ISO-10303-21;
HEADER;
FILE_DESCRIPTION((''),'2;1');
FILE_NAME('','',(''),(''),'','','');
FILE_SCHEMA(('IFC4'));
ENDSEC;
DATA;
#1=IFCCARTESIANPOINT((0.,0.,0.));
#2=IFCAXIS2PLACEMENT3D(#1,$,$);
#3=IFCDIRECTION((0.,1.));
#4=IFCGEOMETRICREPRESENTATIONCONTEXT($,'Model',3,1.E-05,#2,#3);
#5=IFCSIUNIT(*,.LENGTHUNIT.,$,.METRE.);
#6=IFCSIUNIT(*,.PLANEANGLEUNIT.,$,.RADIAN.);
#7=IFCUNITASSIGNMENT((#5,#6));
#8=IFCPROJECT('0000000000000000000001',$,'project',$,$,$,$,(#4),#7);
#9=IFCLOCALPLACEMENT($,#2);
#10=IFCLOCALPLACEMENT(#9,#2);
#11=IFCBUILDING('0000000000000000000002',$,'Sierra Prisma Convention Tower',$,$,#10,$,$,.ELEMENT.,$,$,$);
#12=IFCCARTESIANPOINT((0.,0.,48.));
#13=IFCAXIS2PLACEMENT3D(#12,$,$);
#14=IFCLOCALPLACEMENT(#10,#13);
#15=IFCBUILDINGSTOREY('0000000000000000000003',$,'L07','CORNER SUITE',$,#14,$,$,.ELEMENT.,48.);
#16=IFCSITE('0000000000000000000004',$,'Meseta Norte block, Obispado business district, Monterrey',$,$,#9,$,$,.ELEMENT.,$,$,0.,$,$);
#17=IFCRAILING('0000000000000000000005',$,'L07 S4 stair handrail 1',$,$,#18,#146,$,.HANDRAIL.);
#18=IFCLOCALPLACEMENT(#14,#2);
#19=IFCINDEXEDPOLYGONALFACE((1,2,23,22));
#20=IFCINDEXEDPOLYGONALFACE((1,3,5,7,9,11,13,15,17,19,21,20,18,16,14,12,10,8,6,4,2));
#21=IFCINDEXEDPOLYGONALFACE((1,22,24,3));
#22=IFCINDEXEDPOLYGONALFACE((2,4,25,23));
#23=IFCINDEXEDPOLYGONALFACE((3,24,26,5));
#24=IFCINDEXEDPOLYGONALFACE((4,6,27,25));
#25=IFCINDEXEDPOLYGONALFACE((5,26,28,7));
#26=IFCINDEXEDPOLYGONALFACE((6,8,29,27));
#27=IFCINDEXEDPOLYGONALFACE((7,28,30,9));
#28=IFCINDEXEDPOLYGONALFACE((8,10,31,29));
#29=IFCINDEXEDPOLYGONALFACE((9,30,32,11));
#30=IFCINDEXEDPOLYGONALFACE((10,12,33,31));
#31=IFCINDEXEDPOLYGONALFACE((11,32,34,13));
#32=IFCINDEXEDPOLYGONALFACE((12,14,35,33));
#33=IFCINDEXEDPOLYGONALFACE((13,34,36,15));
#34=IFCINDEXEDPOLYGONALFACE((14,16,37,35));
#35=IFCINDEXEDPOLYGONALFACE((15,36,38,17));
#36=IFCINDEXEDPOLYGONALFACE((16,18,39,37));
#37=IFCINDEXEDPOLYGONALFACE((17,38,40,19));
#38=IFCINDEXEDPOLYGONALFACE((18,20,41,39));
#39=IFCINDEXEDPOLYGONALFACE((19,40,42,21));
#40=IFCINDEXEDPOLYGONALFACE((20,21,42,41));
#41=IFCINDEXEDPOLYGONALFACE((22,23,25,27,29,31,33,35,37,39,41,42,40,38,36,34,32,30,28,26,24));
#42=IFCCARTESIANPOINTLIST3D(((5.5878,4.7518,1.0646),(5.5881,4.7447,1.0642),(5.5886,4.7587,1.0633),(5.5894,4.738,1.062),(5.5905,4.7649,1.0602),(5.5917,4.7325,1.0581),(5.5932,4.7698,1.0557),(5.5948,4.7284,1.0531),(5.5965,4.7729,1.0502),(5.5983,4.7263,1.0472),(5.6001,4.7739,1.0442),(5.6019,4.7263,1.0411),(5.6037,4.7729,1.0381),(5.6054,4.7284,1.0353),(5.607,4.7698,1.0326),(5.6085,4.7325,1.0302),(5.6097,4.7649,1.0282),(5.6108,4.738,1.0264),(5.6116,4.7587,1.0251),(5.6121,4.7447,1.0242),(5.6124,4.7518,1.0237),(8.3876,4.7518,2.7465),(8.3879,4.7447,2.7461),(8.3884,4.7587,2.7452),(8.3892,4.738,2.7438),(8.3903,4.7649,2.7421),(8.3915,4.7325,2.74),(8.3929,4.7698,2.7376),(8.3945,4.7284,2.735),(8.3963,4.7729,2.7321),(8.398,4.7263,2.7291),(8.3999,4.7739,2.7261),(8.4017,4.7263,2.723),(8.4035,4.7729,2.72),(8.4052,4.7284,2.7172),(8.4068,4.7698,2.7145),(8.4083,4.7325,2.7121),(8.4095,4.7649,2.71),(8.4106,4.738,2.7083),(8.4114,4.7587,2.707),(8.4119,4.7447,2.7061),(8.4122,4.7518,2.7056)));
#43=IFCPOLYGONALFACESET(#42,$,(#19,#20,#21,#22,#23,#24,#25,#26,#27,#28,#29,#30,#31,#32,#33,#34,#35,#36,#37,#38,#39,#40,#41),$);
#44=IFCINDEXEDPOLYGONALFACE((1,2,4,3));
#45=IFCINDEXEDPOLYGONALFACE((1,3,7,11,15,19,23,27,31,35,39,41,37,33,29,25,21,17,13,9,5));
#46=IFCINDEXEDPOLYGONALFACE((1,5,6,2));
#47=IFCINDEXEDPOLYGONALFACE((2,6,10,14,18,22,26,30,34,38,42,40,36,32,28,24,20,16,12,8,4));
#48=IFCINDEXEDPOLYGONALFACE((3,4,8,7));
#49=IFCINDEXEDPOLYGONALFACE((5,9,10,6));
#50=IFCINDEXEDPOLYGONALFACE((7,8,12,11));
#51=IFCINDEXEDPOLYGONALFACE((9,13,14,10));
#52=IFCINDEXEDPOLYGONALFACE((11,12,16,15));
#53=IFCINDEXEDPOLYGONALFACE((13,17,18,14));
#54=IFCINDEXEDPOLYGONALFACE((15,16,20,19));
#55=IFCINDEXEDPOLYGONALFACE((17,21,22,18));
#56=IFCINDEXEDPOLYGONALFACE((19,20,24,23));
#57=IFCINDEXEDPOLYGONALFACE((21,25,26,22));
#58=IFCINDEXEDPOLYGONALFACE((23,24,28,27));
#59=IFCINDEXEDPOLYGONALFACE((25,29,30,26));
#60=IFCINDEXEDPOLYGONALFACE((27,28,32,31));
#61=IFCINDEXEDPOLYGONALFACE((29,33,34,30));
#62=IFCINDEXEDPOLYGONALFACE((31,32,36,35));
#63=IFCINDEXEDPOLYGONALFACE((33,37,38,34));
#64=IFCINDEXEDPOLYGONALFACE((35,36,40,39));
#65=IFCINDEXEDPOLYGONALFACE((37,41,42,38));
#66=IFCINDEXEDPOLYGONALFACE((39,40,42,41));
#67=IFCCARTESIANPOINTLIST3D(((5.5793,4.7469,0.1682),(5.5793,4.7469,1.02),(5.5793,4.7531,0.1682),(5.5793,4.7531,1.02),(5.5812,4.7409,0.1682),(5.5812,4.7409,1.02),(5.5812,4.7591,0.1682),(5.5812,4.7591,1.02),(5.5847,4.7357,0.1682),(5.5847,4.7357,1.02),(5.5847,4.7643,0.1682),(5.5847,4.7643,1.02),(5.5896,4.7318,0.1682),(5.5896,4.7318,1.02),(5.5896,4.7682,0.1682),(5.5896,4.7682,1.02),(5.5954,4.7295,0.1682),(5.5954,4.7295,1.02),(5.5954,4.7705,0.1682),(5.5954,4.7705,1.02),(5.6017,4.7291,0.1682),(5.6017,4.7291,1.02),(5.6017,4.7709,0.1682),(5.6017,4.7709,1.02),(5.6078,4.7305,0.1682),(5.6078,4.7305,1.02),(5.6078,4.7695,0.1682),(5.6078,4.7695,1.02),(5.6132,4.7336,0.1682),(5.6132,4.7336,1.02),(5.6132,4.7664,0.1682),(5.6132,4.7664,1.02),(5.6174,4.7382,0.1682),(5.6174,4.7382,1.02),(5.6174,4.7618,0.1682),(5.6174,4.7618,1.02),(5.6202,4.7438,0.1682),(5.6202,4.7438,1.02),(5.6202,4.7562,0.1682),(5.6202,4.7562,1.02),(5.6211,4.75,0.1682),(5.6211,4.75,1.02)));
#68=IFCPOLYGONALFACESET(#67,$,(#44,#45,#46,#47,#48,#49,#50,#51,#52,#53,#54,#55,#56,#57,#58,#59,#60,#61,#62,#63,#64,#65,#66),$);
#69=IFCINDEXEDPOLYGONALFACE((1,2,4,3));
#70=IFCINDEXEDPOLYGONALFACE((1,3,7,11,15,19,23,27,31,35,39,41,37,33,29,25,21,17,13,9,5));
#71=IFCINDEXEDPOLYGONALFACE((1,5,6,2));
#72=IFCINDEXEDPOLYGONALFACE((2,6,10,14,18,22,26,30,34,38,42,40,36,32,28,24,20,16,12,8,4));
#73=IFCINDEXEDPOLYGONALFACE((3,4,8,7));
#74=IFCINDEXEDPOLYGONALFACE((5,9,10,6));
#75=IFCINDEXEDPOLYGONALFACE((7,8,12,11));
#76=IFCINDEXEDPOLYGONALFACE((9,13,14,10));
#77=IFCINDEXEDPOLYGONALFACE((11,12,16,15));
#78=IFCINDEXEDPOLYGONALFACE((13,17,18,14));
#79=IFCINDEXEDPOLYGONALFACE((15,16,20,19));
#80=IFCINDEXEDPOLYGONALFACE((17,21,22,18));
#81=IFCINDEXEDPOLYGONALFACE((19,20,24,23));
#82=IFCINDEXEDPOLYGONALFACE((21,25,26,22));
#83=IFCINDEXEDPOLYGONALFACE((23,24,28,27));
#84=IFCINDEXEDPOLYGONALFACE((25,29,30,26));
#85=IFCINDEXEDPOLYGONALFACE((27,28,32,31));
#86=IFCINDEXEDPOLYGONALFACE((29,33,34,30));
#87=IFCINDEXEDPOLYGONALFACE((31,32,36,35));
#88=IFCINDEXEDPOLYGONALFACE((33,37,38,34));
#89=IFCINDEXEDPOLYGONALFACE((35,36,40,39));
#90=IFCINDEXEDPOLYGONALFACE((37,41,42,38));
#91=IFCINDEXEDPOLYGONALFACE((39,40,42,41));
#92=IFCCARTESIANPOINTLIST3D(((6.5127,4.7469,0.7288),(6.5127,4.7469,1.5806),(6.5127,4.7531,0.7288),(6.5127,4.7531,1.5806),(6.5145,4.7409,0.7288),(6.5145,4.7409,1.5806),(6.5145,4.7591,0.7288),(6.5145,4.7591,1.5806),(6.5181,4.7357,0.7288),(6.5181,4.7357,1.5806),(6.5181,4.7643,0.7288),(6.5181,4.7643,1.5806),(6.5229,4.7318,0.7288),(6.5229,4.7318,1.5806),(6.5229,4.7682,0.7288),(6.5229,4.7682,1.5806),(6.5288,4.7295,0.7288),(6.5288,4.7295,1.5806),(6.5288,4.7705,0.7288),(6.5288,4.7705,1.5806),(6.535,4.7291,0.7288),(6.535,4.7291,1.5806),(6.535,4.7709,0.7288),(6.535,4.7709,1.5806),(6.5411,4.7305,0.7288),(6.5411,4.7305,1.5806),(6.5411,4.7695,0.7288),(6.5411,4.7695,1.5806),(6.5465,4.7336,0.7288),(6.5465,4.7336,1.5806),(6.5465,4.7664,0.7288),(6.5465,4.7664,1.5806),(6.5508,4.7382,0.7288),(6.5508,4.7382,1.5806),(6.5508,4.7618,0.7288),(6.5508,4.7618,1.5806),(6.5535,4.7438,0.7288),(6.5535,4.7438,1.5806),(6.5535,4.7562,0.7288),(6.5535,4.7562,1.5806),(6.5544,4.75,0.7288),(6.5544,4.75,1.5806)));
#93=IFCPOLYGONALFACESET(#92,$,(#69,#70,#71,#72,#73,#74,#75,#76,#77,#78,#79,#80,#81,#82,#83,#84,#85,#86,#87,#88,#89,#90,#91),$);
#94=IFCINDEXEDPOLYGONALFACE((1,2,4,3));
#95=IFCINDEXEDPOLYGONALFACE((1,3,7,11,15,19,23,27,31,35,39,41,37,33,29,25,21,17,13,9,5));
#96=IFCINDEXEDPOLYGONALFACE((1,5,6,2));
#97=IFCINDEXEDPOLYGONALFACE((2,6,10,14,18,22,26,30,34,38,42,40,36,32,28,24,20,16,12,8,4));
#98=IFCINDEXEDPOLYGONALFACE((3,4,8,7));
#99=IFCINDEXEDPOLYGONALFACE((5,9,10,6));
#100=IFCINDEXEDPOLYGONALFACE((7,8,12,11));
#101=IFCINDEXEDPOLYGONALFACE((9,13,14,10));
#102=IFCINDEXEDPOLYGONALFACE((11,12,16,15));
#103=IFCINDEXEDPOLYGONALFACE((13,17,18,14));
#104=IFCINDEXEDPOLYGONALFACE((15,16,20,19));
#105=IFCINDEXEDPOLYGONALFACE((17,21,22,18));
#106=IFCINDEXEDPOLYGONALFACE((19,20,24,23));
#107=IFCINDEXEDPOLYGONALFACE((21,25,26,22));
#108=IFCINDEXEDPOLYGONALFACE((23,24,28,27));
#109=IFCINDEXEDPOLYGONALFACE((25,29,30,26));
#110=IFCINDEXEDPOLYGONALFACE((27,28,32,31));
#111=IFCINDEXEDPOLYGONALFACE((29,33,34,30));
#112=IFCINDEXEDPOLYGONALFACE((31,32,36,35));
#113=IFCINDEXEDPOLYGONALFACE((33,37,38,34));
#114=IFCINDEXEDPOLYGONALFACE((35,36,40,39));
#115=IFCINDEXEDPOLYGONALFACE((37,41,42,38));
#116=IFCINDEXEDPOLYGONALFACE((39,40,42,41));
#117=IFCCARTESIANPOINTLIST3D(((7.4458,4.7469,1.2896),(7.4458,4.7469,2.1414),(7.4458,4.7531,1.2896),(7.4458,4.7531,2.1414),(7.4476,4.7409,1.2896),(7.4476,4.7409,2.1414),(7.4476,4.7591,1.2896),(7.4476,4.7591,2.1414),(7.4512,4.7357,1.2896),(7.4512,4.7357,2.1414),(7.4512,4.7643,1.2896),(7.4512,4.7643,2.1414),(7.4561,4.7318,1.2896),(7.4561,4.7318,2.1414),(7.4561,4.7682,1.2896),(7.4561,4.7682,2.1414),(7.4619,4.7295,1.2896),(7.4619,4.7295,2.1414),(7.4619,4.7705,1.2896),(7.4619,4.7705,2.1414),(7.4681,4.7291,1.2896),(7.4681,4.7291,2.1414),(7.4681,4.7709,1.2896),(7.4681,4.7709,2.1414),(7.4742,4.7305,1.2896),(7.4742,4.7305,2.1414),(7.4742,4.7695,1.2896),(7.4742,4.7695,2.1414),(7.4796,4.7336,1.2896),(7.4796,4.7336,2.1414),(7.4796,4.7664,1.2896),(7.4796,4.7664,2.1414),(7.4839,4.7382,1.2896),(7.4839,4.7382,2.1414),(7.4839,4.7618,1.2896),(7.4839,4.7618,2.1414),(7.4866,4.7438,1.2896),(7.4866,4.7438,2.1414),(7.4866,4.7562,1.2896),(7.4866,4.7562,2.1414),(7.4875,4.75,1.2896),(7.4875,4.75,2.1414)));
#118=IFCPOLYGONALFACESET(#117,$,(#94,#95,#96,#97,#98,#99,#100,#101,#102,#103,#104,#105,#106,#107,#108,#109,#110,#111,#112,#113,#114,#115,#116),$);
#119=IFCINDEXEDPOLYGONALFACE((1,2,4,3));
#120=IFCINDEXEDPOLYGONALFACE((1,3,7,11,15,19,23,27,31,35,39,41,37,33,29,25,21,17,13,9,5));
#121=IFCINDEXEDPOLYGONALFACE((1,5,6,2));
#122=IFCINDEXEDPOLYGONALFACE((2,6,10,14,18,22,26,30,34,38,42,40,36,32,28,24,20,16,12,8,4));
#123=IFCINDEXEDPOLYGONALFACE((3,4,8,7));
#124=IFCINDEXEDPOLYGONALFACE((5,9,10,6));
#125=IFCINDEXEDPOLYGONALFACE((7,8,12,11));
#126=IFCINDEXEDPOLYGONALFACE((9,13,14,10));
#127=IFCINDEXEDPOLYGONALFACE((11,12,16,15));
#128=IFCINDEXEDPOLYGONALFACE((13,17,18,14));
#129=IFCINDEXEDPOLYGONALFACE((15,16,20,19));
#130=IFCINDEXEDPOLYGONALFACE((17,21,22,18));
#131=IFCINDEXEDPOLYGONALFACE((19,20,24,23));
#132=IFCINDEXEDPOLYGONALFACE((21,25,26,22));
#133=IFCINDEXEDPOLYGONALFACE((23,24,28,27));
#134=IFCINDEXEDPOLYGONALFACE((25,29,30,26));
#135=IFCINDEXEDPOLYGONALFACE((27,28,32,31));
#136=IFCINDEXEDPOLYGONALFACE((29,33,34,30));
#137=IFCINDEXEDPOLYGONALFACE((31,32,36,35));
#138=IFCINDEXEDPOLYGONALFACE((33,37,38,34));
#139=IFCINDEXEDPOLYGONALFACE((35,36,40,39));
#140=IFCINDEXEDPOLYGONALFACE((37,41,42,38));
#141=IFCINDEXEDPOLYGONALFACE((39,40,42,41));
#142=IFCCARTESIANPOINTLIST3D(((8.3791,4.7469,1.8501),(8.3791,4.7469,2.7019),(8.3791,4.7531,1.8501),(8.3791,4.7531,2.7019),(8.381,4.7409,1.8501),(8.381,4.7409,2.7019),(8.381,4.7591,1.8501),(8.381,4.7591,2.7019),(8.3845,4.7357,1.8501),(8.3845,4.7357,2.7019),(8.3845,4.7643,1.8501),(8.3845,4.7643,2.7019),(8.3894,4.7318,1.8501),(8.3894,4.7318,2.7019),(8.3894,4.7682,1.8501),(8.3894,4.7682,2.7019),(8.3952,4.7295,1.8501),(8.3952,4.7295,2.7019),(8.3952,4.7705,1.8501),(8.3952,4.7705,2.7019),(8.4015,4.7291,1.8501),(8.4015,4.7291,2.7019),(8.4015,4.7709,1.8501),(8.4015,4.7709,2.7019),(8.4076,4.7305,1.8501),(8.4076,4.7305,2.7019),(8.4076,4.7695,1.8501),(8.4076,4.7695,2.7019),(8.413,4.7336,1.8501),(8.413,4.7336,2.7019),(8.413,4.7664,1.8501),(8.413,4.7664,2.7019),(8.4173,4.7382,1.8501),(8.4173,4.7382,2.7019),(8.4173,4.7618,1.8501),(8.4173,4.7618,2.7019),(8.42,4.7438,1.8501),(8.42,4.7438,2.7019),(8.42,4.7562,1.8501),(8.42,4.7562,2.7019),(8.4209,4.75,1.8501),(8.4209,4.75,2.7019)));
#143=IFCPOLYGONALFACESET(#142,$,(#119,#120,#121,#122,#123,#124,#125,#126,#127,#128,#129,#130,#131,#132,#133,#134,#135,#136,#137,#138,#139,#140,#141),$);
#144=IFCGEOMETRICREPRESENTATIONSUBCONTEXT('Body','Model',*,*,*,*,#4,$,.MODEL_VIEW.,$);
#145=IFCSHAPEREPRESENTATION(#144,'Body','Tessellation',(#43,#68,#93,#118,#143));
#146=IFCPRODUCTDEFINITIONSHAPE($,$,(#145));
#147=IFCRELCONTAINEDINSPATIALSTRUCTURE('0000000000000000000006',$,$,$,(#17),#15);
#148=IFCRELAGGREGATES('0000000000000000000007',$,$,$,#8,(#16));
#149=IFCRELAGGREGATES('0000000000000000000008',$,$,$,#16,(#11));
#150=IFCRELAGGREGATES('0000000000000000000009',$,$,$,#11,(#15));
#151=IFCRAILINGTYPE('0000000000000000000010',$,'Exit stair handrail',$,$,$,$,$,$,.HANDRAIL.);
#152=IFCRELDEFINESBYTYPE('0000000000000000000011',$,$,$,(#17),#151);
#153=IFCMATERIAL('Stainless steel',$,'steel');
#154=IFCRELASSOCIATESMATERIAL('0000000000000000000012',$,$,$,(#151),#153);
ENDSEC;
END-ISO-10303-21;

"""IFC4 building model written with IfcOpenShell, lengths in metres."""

from ifc_helpers import new_model, si_unit, direction, frame, origin, origin_2d, place, context, subcontext, project, spatial, circle, extrude, material, type_object, element, save


model = new_model("IFC4")

# Units and contexts
model_context = context("Model", 3, precision=1e-05, world=origin(), true_north=direction((0.0, 1.0)))
body_context = subcontext(model_context, "Body", "Model", "MODEL_VIEW")
ifc_project = project(units=[si_unit("LENGTHUNIT", "METRE"), si_unit("PLANEANGLEUNIT", "RADIAN")], contexts=[model_context])

# Site, building, storey
site_placement = place(None, origin())
site = spatial("IfcSite", under=ifc_project, at=site_placement, Name="Meseta Norte block, Obispado business district, Monterrey", CompositionType="ELEMENT", RefElevation=0.0)
building_placement = place(site_placement, origin())
building = spatial("IfcBuilding", under=site, at=building_placement, Name="Sierra Prisma Convention Tower", CompositionType="ELEMENT")
storey_placement = place(building_placement, frame((0.0, 0.0, 48.0)))
storey = spatial("IfcBuildingStorey", under=building, at=storey_placement, Name="L07", Description="CORNER SUITE", CompositionType="ELEMENT", Elevation=48.0)

# Railing
ifc_material_1 = material(Name="Stainless steel", Category="steel")
railing_type_1 = type_object("IfcRailingType", Name="Exit stair handrail", PredefinedType="HANDRAIL", material=ifc_material_1)
railing_1_placement = place(storey_placement, frame((5.6001, 4.75, 0.1682)))
element("IfcRailing", 1, at=railing_1_placement, inside=storey, type_object=railing_type_1, Name="L07 S4 stair handrail 1", PredefinedType="HANDRAIL", context=body_context, shape_type="SweptSolid", body=[
    extrude(circle(Radius=0.0239, at=origin_2d()), frame((0.0, 0.0, 0.876), z_axis=(0.857222, 0.0, 0.514946), x_axis=(0.0, 1.0, 0.0)), (0.0, 0.0, 1.0), 3.2661),
    extrude(circle(Radius=0.021, at=origin_2d()), origin(), (0.0, 0.0, 1.0), 0.8518),
    extrude(circle(Radius=0.021, at=origin_2d()), frame((0.9333, 0.0, 0.5605)), (0.0, 0.0, 1.0), 0.8518),
    extrude(circle(Radius=0.021, at=origin_2d()), frame((1.8665, 0.0, 1.1213)), (0.0, 0.0, 1.0), 0.8518),
    extrude(circle(Radius=0.021, at=origin_2d()), frame((2.7998, 0.0, 1.6819)), (0.0, 0.0, 1.0), 0.8518),
])

save(model, "model.ifc")
